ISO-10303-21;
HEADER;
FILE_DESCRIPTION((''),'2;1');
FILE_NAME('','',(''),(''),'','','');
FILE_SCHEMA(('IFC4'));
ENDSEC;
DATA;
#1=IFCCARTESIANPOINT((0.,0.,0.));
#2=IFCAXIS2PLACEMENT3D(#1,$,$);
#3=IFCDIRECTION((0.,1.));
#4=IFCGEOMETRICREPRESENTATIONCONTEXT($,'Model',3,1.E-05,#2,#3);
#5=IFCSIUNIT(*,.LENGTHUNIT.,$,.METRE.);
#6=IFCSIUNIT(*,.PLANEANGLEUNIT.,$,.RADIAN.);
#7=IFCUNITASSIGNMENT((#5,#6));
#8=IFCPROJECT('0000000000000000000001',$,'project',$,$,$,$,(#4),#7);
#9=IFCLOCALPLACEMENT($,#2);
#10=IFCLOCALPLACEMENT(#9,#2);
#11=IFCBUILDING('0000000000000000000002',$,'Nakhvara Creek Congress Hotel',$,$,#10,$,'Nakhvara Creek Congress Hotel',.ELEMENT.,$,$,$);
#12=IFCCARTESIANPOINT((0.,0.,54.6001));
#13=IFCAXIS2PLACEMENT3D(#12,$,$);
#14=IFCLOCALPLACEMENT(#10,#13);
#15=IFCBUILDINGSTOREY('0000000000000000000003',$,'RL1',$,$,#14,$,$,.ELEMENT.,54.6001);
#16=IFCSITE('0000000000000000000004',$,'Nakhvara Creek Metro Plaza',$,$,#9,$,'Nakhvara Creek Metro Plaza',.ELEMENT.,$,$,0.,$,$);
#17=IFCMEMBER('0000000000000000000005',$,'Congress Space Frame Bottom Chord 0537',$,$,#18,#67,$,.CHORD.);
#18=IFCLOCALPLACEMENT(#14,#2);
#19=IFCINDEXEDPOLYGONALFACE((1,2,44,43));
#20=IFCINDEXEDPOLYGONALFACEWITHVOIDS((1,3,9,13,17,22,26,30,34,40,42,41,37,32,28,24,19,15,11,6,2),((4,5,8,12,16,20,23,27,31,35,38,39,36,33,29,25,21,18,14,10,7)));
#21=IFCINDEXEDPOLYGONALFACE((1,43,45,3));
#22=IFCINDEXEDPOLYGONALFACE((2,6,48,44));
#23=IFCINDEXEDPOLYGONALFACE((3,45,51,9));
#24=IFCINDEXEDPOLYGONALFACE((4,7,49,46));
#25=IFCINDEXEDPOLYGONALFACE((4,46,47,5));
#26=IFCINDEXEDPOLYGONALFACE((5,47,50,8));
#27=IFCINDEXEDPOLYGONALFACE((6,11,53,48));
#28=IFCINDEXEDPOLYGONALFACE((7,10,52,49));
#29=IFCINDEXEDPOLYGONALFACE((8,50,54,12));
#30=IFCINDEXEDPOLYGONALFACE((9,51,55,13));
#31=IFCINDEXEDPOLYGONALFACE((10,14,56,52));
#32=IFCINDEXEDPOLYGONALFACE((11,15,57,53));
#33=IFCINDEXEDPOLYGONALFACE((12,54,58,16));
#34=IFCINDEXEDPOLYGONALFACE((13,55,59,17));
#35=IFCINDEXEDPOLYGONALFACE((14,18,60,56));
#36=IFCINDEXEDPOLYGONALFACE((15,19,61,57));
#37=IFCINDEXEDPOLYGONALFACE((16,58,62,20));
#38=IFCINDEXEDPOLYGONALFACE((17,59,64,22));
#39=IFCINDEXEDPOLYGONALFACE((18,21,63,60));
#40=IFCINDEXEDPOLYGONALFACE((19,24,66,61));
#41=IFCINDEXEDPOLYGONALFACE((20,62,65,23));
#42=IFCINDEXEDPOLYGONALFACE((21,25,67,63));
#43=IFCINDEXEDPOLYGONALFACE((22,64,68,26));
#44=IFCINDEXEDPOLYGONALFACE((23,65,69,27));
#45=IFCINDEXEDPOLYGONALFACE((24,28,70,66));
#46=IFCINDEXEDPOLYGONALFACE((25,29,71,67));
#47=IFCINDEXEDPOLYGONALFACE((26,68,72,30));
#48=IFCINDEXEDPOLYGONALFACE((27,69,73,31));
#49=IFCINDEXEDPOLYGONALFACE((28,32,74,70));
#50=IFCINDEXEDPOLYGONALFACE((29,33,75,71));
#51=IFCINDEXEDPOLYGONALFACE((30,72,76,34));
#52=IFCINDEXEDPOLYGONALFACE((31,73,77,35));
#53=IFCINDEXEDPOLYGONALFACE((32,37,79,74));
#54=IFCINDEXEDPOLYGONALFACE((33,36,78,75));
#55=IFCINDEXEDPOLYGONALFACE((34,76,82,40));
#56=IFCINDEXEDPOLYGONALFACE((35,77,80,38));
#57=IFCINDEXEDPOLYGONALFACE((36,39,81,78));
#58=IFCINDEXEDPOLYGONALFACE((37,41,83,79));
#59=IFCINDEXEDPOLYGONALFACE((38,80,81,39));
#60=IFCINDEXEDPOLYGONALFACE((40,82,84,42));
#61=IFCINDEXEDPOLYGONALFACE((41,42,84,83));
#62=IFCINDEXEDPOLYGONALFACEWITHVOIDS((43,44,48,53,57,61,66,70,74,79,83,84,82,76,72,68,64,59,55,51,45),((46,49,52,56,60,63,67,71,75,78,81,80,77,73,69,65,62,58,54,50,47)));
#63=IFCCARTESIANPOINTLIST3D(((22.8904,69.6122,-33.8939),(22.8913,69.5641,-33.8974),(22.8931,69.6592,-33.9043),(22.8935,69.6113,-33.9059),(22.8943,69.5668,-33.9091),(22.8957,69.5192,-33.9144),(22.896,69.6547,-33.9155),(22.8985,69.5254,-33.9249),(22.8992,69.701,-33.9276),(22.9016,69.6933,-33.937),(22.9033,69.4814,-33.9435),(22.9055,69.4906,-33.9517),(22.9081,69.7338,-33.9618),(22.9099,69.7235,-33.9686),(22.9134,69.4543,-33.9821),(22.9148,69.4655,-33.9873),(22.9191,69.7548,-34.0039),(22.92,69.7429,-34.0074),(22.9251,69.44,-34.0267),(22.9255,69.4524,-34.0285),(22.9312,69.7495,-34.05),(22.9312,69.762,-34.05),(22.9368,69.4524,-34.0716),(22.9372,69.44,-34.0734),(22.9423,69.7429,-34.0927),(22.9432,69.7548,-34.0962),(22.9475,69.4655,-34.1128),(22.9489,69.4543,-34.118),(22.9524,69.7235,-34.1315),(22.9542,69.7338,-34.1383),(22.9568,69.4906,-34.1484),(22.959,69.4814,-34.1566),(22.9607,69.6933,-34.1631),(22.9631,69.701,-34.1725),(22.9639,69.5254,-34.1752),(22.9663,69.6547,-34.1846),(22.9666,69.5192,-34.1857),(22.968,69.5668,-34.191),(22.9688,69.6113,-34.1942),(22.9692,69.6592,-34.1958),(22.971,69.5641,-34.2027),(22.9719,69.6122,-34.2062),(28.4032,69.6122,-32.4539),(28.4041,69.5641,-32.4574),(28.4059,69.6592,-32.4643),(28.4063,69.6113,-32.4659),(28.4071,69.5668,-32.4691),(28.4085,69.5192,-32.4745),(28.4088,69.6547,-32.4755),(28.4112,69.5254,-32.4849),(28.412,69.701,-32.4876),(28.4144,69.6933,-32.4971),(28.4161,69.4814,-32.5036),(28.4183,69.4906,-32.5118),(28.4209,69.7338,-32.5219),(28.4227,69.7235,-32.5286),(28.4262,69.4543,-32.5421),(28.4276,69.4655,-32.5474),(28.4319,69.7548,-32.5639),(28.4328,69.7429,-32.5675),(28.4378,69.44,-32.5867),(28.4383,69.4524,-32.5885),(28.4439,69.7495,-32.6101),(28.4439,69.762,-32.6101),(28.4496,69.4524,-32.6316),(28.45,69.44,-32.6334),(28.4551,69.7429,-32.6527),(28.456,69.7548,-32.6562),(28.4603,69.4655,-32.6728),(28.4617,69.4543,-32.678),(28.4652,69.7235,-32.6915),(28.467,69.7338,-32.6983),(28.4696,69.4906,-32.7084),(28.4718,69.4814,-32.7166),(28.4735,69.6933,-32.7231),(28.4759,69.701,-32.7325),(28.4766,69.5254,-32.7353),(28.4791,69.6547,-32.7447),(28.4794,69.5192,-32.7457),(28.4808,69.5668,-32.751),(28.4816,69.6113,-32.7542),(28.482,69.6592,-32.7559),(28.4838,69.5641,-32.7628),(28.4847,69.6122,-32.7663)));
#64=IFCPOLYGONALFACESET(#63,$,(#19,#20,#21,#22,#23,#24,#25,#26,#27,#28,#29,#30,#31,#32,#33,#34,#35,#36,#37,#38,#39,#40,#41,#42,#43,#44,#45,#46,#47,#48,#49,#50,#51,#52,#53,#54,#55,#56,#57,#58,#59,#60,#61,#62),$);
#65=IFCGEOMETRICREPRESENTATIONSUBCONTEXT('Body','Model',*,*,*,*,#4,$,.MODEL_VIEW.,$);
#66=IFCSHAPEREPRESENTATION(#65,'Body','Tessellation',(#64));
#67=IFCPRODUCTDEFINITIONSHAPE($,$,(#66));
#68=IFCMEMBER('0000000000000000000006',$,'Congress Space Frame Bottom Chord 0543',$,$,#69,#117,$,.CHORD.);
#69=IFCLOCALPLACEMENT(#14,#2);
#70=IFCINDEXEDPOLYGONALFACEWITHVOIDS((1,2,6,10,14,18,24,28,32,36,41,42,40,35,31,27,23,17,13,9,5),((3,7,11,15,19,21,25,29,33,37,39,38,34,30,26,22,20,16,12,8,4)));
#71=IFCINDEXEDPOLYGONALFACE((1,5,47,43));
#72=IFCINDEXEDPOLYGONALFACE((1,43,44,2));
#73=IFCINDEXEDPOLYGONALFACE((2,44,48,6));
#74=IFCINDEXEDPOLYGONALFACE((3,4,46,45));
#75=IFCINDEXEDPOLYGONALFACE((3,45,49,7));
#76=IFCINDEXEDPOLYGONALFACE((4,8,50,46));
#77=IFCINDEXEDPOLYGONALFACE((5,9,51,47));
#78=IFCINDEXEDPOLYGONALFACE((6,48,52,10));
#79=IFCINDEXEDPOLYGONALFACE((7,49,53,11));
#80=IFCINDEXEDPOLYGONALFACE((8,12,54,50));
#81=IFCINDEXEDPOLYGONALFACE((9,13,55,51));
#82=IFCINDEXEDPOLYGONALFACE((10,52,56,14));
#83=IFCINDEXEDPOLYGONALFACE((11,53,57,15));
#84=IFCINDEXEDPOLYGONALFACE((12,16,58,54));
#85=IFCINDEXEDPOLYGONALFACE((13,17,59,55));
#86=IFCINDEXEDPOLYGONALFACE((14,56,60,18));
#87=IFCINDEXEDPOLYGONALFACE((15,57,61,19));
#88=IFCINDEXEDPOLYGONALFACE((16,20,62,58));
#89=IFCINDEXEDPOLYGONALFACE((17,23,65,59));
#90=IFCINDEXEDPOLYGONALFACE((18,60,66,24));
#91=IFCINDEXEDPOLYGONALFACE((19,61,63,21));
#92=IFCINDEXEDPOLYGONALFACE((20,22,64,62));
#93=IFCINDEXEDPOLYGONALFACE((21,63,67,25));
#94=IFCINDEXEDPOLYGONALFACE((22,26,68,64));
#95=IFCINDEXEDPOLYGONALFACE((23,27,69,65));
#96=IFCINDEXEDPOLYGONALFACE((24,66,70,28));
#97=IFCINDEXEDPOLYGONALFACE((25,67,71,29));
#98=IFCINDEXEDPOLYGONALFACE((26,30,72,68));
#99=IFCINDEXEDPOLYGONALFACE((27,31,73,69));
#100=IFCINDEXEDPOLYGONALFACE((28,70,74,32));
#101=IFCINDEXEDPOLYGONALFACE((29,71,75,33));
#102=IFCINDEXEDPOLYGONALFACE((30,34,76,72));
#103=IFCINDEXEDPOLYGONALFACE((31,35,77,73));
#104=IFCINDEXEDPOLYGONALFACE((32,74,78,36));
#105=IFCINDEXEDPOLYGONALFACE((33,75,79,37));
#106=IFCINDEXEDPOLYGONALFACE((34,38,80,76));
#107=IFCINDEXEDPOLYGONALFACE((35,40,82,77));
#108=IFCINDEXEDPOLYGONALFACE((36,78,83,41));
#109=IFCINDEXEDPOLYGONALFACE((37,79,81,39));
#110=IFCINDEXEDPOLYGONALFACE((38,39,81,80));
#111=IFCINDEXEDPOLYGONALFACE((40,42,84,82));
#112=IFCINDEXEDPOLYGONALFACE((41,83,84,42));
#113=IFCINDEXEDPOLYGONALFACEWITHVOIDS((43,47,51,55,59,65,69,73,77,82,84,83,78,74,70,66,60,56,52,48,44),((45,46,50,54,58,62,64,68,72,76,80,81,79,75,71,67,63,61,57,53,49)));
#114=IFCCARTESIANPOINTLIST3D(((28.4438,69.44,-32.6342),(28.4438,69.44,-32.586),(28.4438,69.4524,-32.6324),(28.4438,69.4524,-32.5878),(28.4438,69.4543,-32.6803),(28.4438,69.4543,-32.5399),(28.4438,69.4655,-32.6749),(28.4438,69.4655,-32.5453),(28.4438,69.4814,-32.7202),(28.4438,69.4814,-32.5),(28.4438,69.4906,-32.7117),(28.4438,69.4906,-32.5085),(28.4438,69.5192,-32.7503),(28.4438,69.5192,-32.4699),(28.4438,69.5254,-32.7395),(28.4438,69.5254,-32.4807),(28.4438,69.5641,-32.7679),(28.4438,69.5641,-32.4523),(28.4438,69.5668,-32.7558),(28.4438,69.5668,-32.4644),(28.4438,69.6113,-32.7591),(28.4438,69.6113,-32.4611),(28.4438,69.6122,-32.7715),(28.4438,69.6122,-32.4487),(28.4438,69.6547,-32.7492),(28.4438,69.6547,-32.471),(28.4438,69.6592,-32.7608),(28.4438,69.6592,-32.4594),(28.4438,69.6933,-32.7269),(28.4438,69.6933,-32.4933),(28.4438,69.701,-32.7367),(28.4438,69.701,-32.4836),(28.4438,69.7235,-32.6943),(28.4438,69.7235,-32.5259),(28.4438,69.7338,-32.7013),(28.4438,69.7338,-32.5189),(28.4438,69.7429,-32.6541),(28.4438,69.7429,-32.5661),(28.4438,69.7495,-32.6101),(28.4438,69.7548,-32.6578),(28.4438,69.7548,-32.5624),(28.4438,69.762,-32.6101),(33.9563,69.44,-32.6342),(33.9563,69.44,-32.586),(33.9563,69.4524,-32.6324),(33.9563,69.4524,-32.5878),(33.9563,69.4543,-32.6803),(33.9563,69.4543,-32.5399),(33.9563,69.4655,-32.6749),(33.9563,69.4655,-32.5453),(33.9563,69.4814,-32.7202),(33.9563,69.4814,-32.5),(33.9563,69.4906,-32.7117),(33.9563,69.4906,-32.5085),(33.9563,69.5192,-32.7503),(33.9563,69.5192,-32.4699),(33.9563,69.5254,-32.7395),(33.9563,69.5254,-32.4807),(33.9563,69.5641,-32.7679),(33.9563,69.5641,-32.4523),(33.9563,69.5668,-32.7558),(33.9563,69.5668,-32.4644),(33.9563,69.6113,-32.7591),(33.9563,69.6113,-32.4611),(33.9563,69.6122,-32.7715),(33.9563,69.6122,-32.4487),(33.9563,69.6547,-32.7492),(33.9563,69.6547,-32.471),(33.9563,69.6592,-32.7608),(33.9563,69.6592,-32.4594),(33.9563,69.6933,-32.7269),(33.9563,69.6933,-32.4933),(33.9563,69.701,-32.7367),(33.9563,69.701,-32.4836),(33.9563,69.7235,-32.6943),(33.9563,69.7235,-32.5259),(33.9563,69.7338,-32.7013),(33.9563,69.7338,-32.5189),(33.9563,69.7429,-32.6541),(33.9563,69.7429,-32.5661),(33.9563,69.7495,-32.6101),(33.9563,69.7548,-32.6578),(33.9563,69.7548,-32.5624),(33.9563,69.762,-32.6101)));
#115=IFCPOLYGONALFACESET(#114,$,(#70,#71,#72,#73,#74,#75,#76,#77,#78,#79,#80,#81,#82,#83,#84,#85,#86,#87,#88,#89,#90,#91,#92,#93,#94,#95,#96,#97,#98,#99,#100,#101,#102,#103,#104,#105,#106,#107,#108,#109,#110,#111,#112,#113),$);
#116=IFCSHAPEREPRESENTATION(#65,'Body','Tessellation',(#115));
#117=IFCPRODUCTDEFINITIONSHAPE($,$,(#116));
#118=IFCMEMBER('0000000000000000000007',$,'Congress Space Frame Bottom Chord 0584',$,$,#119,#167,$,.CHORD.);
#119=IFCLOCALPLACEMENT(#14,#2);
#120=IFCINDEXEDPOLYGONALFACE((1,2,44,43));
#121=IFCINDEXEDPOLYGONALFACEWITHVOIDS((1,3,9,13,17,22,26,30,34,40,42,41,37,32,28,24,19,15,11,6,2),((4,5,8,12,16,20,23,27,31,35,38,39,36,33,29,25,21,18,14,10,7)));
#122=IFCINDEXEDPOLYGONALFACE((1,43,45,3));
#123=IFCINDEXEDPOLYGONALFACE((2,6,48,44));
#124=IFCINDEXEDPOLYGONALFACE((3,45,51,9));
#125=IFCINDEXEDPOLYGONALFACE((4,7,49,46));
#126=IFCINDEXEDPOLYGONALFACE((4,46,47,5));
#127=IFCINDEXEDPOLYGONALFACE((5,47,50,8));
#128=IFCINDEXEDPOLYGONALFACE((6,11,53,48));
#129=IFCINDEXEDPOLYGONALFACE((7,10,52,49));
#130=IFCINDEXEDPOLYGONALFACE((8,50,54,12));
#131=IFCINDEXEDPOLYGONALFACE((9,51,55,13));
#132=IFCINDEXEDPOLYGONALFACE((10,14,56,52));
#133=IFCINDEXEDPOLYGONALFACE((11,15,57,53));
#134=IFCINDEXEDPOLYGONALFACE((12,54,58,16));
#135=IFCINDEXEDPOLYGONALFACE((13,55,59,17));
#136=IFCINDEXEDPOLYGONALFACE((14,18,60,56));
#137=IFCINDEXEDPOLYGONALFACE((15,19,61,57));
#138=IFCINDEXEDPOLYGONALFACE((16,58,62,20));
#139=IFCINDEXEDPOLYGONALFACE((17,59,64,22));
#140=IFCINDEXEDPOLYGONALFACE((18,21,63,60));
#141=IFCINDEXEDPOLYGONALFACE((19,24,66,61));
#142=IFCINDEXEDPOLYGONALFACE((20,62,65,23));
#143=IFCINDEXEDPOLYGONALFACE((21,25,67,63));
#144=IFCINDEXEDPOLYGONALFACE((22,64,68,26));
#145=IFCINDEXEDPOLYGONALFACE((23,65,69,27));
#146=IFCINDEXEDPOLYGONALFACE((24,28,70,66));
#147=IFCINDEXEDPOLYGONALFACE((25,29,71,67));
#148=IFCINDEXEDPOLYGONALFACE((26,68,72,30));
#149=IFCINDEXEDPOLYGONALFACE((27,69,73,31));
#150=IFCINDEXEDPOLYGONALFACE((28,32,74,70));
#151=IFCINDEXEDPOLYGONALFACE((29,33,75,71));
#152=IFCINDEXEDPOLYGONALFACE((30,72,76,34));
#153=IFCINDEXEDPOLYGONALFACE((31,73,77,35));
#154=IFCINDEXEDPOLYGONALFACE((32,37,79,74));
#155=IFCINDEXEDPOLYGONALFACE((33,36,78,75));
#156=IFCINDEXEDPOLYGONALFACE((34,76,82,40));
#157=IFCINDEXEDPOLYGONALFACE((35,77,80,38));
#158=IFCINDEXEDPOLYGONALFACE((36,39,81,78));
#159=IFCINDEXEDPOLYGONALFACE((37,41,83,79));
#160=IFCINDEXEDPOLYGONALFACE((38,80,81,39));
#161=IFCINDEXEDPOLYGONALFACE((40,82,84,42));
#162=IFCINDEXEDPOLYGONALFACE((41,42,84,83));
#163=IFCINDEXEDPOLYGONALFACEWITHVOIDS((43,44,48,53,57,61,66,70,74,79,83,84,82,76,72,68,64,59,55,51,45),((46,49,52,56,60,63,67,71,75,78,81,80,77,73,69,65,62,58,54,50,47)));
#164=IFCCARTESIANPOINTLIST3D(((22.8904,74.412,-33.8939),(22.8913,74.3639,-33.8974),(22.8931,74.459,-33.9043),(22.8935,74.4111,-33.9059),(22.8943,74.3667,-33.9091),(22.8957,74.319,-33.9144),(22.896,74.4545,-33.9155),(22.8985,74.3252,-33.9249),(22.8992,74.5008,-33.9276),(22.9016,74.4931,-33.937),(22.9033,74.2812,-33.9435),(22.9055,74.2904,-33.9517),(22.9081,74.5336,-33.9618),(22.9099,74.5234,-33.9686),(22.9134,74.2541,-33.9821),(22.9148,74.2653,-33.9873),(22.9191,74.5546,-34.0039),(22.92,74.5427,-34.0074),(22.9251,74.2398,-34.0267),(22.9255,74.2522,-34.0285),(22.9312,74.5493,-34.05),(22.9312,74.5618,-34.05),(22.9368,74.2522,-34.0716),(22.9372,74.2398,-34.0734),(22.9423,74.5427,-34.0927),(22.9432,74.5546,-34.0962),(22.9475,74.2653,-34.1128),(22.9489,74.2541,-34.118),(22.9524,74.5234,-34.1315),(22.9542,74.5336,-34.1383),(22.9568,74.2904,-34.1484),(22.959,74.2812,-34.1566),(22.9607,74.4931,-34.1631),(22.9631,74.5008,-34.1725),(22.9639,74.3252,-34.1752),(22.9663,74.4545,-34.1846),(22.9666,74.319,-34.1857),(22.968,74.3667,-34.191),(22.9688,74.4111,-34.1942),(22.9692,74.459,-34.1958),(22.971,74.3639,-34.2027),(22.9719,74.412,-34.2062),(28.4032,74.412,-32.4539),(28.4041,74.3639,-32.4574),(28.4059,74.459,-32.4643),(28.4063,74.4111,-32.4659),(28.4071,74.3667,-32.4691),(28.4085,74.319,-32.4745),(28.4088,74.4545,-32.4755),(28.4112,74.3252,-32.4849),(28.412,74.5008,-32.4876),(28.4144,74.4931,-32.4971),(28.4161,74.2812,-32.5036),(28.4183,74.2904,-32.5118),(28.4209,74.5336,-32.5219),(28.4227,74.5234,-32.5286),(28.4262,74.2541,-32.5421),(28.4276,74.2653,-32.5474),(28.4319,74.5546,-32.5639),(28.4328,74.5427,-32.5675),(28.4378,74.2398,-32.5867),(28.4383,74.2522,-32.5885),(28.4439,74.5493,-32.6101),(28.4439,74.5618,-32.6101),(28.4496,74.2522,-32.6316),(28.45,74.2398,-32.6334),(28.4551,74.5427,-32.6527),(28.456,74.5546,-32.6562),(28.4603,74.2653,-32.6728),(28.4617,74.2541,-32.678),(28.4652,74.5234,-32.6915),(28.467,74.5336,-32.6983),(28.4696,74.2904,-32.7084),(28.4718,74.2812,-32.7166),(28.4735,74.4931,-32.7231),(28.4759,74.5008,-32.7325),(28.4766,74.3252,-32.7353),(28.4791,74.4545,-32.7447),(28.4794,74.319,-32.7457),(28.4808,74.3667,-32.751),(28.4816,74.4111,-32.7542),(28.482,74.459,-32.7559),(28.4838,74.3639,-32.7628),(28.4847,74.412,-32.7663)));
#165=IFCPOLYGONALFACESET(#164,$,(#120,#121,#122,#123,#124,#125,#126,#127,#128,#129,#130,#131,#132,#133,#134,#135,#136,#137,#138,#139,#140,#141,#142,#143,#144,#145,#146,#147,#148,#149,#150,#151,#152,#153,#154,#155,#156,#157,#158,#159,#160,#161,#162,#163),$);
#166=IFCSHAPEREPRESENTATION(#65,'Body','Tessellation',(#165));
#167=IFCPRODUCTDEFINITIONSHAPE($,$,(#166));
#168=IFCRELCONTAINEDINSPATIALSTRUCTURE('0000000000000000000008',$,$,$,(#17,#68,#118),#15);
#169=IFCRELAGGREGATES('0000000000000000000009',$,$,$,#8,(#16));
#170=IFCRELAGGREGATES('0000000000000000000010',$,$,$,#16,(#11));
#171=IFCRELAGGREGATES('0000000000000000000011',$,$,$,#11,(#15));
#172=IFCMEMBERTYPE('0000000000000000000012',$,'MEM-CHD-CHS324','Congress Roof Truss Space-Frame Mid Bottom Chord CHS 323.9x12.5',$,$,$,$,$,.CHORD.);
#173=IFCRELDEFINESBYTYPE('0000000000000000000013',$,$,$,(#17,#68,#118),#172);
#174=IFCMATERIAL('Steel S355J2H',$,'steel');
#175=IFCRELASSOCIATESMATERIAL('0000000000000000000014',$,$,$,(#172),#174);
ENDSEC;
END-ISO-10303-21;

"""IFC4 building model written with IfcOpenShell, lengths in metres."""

from ifc_helpers import new_model, si_unit, direction, frame, origin, origin_2d, place, context, subcontext, project, spatial, hollow_circle, extrude, material, material_profile, profile_set, type_object, element, save


model = new_model("IFC4")

# Units and contexts
model_context = context("Model", 3, precision=1e-05, world=origin(), true_north=direction((0.0, 1.0)))
body_context = subcontext(model_context, "Body", "Model", "MODEL_VIEW")
ifc_project = project(units=[si_unit("LENGTHUNIT", "METRE"), si_unit("PLANEANGLEUNIT", "RADIAN")], contexts=[model_context])

# Site, building, storey
site_placement = place(None, origin())
site = spatial("IfcSite", under=ifc_project, at=site_placement, Name="Nakhvara Creek Metro Plaza", LongName="Nakhvara Creek Metro Plaza", CompositionType="ELEMENT", RefElevation=0.0)
building_placement = place(site_placement, origin())
building = spatial("IfcBuilding", under=site, at=building_placement, Name="Nakhvara Creek Congress Hotel", LongName="Nakhvara Creek Congress Hotel", CompositionType="ELEMENT")
storey_placement = place(building_placement, frame((0.0, 0.0, 54.6001)))
storey = spatial("IfcBuildingStorey", under=building, at=storey_placement, Name="RL1", CompositionType="ELEMENT", Elevation=54.6001)

# Members
ifc_material_1 = material(Name="Steel S355J2H", Category="steel")
ifc_material_profile_1 = material_profile(ifc_material_1, hollow_circle(Radius=0.1619, WallThickness=0.0125, at=origin_2d()), Name="CHS 323.9x12.5", Category="LoadBearing")
ifc_profile_set_1 = profile_set([ifc_material_profile_1], Name="Steel S355J2H")
member_type_1 = type_object("IfcMemberType", Name="MEM-CHD-CHS324", Description="Congress Roof Truss Space-Frame Mid Bottom Chord CHS 323.9x12.5", PredefinedType="CHORD", material=ifc_profile_set_1)
member_1_placement = place(storey_placement, frame((22.9312, 69.6001, -34.05), z_axis=(0.967538, 0.0, 0.252725), x_axis=(0.0, 1.0, 0.0)))
element("IfcMember", 1, at=member_1_placement, inside=storey, type_object=member_type_1, Name="Congress Space Frame Bottom Chord 0537", PredefinedType="CHORD", context=body_context, shape_type="SweptSolid", body=[
    extrude(hollow_circle(Radius=0.1619, WallThickness=0.0125, at=origin_2d()), origin(), (0.0, 0.0, 1.0), 5.6978),
])
member_2_placement = place(storey_placement, frame((28.4438, 69.6001, -32.6101), z_axis=(1.0, 0.0, 0.0), x_axis=(0.0, 1.0, 0.0)))
element("IfcMember", 2, at=member_2_placement, inside=storey, type_object=member_type_1, Name="Congress Space Frame Bottom Chord 0543", PredefinedType="CHORD", context=body_context, shape_type="SweptSolid", body=[
    extrude(hollow_circle(Radius=0.1619, WallThickness=0.0125, at=origin_2d()), origin(), (0.0, 0.0, 1.0), 5.5125),
])
member_3_placement = place(storey_placement, frame((22.9312, 74.3999, -34.05), z_axis=(0.967538, 0.0, 0.252725), x_axis=(0.0, 1.0, 0.0)))
element("IfcMember", 3, at=member_3_placement, inside=storey, type_object=member_type_1, Name="Congress Space Frame Bottom Chord 0584", PredefinedType="CHORD", context=body_context, shape_type="SweptSolid", body=[
    extrude(hollow_circle(Radius=0.1619, WallThickness=0.0125, at=origin_2d()), origin(), (0.0, 0.0, 1.0), 5.6978),
])

save(model, "model.ifc")
